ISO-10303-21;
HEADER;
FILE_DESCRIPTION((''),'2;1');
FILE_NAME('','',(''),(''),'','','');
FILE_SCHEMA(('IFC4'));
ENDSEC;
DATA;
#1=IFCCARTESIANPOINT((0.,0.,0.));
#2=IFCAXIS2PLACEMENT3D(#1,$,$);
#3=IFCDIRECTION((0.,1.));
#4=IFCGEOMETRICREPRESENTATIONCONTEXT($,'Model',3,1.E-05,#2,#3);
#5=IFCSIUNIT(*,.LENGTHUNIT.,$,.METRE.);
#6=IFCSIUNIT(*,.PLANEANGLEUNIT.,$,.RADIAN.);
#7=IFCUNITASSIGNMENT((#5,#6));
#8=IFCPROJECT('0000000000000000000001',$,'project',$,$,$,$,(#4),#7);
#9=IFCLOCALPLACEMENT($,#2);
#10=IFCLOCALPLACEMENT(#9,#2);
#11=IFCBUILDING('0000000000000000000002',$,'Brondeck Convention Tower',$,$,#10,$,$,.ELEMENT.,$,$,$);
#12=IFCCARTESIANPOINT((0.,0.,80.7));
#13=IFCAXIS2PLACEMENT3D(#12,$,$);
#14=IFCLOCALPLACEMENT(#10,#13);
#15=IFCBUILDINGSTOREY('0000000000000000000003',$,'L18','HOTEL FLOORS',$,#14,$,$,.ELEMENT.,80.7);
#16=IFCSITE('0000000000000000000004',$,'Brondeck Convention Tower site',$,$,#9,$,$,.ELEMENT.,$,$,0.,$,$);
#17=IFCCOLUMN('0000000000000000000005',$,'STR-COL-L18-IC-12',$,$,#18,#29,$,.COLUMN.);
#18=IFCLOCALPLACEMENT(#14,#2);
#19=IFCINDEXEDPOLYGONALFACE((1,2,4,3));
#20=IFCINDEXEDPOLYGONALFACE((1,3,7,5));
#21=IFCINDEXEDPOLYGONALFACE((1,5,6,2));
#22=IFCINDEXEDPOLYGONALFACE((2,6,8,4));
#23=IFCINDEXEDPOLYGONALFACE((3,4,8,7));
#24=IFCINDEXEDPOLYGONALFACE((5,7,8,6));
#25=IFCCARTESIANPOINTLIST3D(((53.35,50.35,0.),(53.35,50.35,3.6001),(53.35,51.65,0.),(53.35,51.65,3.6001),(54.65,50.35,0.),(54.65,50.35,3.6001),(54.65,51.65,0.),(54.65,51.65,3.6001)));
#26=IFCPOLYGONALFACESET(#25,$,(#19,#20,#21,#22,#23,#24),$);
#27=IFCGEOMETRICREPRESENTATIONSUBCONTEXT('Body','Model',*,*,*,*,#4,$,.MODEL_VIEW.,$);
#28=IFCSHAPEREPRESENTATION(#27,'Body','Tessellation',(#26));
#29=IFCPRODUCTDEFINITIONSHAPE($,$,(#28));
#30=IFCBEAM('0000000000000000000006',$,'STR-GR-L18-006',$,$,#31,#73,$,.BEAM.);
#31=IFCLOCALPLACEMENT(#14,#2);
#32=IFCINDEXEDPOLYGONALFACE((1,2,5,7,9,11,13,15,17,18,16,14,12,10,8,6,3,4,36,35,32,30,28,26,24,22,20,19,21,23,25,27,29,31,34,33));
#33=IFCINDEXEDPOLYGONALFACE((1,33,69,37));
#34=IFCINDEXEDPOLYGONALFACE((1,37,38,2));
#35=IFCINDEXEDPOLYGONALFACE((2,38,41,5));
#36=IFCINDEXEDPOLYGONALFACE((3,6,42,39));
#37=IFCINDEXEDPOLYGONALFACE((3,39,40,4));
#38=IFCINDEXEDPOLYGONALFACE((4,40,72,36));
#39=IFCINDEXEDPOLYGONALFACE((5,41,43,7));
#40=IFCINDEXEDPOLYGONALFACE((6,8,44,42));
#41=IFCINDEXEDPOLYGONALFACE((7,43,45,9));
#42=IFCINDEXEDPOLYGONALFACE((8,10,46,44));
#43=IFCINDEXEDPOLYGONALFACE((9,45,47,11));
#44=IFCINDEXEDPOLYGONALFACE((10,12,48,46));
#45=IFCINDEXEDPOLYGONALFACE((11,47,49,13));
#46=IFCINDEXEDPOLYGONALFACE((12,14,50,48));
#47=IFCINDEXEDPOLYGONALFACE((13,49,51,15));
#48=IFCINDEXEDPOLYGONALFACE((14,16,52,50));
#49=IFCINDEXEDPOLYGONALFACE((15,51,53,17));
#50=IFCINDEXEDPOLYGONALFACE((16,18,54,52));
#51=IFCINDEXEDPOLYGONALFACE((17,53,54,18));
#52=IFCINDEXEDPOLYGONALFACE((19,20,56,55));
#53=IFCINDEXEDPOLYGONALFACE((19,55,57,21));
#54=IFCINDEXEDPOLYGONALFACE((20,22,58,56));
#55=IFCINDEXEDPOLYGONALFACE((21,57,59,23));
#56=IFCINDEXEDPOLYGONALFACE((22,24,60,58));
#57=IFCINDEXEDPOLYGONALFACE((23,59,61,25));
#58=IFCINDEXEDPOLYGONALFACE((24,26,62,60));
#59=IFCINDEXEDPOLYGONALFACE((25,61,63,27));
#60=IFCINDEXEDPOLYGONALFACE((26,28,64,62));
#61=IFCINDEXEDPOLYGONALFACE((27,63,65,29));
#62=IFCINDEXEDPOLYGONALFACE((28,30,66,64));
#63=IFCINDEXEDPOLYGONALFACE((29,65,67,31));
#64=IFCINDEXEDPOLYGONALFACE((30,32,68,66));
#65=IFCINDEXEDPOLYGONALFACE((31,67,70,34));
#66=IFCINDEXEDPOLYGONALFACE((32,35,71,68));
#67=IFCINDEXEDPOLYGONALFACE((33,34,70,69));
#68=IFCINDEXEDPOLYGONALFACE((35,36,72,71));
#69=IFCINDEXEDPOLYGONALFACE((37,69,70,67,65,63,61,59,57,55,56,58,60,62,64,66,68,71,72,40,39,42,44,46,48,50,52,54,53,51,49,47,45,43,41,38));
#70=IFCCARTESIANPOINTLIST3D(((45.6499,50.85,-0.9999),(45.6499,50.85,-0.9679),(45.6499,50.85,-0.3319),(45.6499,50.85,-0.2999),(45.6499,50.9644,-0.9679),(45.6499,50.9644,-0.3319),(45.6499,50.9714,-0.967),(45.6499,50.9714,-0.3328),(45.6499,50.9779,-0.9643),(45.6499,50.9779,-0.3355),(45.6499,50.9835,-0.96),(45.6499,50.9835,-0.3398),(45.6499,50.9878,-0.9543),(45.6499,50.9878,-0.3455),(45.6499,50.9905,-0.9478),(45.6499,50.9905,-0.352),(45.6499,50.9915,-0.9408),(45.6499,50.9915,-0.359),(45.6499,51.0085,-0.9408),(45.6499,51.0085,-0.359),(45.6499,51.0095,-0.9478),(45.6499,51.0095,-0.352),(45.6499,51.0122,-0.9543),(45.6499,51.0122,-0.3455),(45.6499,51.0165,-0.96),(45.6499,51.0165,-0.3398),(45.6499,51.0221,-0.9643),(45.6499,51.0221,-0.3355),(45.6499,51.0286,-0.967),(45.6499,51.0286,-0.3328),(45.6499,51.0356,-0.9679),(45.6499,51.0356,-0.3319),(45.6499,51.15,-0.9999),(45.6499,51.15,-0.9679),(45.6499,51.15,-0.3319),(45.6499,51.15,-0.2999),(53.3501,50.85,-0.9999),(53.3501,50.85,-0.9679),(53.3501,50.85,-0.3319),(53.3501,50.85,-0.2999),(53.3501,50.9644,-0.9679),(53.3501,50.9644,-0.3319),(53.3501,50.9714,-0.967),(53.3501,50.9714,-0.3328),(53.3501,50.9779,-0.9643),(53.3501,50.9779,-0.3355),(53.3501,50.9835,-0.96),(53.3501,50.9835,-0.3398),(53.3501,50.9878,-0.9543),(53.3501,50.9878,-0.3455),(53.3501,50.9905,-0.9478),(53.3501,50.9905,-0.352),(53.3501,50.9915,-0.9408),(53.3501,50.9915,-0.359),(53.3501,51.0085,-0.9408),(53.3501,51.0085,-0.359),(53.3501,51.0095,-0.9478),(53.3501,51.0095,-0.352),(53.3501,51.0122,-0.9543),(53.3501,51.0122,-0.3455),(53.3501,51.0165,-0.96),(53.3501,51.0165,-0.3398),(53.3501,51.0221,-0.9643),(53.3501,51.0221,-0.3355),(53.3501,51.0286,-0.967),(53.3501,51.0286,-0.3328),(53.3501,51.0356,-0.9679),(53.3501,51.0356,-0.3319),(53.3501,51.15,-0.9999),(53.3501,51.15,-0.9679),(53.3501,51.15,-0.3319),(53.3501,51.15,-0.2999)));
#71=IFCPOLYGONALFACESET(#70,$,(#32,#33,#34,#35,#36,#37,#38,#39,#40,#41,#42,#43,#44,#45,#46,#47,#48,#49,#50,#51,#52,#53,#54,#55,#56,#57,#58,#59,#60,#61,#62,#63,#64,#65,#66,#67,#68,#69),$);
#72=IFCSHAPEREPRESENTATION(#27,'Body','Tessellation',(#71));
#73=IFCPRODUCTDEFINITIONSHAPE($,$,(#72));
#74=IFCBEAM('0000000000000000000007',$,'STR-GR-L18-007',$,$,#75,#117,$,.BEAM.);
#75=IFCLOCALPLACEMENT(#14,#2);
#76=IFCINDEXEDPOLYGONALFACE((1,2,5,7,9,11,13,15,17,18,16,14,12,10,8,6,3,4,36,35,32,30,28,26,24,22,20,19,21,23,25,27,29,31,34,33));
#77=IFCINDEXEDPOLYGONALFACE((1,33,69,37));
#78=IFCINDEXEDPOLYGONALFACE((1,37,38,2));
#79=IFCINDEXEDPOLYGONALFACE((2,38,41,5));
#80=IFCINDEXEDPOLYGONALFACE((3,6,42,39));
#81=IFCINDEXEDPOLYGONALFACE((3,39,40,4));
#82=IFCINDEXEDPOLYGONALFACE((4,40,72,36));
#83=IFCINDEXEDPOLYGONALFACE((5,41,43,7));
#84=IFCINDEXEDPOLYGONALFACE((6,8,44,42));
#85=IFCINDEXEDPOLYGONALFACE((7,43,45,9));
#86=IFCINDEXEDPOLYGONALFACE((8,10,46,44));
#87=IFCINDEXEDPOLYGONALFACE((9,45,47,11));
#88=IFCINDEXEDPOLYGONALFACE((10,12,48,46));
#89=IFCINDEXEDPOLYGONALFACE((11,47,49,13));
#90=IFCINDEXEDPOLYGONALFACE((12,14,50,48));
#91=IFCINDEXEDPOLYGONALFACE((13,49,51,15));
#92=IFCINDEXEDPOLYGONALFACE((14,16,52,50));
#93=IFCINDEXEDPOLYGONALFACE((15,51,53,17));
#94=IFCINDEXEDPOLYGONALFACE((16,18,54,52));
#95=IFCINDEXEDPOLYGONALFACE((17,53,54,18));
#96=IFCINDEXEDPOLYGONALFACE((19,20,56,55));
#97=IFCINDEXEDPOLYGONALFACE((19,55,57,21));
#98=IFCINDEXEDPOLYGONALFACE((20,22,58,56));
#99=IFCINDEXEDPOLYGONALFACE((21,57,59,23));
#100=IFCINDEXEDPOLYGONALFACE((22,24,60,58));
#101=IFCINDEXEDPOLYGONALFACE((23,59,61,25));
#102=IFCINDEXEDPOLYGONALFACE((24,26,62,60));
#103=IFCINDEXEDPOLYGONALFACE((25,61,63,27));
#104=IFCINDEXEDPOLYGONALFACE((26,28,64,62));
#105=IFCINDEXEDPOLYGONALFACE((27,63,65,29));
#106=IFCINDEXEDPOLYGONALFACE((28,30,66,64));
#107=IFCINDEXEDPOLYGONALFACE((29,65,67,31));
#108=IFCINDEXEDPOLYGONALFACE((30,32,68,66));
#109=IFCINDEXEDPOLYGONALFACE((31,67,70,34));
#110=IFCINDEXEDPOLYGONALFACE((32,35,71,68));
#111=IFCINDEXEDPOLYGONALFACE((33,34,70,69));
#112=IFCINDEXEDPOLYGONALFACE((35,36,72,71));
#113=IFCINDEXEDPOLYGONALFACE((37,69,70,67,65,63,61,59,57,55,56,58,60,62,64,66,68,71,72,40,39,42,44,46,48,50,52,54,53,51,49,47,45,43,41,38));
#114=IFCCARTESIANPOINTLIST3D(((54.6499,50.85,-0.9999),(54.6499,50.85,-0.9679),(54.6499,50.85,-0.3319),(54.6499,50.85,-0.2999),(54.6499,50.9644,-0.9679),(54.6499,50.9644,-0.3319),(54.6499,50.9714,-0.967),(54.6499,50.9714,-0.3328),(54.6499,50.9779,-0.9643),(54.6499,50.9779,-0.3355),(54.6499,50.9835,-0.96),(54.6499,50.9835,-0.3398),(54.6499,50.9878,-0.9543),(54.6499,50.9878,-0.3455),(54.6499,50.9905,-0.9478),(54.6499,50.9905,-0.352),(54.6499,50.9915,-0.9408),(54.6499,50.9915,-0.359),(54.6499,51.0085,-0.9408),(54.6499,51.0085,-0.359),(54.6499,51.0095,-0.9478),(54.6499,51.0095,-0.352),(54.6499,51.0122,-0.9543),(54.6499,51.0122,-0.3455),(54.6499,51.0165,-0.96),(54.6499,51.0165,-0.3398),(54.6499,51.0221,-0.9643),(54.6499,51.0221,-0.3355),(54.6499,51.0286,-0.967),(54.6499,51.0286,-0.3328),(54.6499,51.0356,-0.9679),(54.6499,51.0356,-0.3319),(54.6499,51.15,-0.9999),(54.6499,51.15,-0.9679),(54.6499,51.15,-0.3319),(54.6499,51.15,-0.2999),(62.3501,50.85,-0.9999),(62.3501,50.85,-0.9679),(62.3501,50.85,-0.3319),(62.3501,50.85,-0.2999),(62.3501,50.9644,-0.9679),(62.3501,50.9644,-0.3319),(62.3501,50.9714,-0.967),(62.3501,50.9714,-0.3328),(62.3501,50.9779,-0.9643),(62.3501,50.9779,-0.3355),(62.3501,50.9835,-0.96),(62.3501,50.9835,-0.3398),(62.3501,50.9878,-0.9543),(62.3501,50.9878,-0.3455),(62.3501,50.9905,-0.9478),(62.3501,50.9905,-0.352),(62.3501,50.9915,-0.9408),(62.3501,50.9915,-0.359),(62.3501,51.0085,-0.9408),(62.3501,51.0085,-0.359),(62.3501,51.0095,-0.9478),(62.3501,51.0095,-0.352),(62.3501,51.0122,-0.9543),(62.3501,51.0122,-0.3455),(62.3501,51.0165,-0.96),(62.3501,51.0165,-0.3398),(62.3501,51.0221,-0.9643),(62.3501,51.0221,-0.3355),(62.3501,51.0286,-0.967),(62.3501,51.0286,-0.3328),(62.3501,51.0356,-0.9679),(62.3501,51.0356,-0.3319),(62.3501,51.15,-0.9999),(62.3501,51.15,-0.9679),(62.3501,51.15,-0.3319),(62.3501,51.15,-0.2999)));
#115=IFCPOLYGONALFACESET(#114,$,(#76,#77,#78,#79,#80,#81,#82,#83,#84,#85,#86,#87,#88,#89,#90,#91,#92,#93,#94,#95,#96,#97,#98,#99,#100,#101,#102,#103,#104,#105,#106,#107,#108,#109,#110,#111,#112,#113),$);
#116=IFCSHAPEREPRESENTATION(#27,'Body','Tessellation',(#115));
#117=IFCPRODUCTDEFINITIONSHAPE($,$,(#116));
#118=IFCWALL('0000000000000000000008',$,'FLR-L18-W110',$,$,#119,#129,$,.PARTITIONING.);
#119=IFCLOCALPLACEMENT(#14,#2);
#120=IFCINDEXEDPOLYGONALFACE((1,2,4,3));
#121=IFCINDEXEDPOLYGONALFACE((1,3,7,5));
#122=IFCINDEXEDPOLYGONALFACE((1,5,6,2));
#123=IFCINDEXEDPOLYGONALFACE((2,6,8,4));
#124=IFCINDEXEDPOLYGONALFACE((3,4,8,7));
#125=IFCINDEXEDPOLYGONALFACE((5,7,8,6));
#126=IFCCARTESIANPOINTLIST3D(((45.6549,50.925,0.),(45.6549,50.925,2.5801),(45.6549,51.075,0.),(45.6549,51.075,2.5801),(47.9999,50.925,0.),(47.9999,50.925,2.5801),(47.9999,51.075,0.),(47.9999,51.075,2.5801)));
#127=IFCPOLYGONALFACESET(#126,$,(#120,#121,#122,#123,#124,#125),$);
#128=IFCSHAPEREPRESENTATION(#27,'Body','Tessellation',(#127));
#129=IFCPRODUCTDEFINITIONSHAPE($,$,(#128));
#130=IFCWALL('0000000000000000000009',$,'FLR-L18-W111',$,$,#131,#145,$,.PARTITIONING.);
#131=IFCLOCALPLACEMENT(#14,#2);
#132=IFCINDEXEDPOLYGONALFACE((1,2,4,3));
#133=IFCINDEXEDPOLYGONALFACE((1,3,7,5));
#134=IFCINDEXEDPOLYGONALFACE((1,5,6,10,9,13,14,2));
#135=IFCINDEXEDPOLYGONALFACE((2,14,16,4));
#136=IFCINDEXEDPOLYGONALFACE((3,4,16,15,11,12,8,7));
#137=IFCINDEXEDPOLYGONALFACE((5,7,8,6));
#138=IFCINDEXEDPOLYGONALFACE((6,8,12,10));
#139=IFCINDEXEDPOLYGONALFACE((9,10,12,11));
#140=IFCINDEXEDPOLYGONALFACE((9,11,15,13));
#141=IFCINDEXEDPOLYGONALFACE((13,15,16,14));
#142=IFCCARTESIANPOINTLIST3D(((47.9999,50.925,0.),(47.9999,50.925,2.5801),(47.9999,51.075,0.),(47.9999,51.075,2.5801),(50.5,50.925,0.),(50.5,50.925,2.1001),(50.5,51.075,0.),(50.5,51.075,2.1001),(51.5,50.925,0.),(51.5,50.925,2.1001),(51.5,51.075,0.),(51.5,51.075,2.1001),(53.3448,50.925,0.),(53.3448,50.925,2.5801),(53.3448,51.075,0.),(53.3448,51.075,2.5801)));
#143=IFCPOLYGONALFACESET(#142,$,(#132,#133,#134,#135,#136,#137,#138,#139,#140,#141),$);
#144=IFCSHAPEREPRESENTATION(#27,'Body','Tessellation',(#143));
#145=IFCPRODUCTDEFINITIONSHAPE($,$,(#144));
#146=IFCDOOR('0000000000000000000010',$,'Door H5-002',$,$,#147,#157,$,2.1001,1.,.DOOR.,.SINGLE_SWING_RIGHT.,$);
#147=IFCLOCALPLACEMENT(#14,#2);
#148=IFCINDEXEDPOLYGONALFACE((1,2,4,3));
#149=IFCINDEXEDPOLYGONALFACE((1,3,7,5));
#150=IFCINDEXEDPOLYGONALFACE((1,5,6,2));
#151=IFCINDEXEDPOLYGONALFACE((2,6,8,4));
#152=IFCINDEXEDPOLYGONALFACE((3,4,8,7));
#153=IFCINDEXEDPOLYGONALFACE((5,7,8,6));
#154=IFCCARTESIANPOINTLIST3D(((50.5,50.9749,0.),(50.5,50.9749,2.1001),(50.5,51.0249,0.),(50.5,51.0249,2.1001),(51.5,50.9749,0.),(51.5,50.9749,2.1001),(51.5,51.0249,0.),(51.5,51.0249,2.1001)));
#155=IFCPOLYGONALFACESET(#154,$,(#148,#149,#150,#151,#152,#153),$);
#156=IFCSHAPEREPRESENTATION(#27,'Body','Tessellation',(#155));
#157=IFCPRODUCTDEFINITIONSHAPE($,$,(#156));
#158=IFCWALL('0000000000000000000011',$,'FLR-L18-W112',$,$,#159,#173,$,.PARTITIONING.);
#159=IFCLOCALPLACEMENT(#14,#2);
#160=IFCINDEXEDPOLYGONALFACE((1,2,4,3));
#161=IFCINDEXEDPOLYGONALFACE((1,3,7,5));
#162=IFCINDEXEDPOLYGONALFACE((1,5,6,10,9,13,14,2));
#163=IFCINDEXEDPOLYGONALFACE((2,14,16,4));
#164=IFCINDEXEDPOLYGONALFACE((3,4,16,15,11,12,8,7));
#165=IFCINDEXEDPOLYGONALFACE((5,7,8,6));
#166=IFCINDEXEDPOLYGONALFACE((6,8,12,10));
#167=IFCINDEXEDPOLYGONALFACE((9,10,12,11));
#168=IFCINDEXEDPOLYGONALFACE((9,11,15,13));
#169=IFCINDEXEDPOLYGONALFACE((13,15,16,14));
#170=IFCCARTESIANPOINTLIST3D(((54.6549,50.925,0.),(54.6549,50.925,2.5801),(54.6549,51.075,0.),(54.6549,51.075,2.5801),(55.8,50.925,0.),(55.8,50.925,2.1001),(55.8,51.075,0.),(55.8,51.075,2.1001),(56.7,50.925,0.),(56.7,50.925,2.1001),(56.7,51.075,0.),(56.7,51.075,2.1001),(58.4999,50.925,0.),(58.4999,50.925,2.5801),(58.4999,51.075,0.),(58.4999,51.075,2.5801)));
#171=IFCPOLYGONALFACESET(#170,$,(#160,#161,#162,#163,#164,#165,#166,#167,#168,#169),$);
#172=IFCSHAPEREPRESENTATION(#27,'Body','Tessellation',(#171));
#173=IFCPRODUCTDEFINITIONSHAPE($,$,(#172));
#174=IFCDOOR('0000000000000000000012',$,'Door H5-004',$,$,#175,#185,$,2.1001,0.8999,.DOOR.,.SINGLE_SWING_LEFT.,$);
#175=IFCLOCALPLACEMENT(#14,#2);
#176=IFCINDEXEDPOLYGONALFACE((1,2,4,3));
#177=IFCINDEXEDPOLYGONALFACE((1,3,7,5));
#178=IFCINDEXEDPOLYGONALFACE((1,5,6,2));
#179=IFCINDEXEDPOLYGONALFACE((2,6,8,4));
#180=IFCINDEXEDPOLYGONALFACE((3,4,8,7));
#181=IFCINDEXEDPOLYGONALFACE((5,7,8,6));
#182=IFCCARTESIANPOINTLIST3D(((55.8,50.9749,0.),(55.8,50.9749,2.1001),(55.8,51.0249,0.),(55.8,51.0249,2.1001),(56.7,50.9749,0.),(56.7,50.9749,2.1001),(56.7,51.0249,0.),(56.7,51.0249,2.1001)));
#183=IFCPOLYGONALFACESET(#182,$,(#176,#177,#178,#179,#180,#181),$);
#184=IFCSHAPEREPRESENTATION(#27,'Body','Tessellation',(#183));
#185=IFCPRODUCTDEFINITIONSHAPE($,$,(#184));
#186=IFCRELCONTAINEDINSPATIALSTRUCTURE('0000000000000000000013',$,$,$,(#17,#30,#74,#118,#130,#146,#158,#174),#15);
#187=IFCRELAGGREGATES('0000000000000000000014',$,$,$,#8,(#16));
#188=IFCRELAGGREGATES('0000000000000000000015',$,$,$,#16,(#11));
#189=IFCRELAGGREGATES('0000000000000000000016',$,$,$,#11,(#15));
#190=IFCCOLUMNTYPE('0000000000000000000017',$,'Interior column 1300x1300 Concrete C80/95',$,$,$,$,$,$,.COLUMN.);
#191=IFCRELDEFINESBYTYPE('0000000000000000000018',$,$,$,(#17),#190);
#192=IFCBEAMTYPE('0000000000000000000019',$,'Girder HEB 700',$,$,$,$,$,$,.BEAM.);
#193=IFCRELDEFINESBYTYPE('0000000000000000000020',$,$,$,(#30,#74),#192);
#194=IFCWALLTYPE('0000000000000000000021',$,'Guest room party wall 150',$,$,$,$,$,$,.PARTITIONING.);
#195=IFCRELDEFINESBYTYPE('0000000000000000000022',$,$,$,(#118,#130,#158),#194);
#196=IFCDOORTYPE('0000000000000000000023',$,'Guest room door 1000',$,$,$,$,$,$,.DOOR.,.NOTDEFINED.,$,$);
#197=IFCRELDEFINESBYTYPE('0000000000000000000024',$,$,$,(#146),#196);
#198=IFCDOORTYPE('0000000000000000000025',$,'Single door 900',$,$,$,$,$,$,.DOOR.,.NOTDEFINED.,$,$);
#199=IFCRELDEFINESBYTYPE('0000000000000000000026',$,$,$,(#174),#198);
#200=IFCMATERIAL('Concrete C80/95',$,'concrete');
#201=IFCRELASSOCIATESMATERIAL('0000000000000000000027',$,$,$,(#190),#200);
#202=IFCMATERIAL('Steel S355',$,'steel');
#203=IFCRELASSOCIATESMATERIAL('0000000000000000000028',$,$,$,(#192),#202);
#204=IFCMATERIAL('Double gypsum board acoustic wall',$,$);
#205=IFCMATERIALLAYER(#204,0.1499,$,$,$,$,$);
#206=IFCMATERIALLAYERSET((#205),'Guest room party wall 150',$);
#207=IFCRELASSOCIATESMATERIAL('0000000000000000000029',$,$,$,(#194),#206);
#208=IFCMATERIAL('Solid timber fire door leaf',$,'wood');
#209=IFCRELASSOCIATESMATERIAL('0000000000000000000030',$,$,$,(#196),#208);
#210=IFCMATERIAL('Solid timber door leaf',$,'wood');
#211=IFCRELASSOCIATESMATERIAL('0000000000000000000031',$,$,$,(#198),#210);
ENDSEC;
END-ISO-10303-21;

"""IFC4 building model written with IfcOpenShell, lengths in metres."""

from ifc_helpers import new_model, si_unit, direction, frame, frame_2d, origin, origin_2d, place, context, subcontext, project, spatial, rectangle, i_section, extrude, material, layer, layer_set, material_profile, profile_set, type_object, element, fill, save


model = new_model("IFC4")

# Units and contexts
model_context = context("Model", 3, precision=1e-05, world=origin(), true_north=direction((0.0, 1.0)))
body_context = subcontext(model_context, "Body", "Model", "MODEL_VIEW")
ifc_project = project(units=[si_unit("LENGTHUNIT", "METRE"), si_unit("PLANEANGLEUNIT", "RADIAN")], contexts=[model_context])

# Site, building, storey
site_placement = place(None, origin())
site = spatial("IfcSite", under=ifc_project, at=site_placement, Name="Brondeck Convention Tower site", CompositionType="ELEMENT", RefElevation=0.0)
building_placement = place(site_placement, origin())
building = spatial("IfcBuilding", under=site, at=building_placement, Name="Brondeck Convention Tower", CompositionType="ELEMENT")
storey_placement = place(building_placement, frame((0.0, 0.0, 80.7)))
storey = spatial("IfcBuildingStorey", under=building, at=storey_placement, Name="L18", Description="HOTEL FLOORS", CompositionType="ELEMENT", Elevation=80.7)

# Column
ifc_material_1 = material(Name="Concrete C80/95", Category="concrete")
ifc_material_profile_1 = material_profile(ifc_material_1, rectangle(XDim=1.3, YDim=1.3, at=origin_2d()), Name="Interior column 1300x1300 Concrete C80/95")
ifc_profile_set_1 = profile_set([ifc_material_profile_1], Name="Concrete C80/95")
column_type = type_object("IfcColumnType", Name="Interior column 1300x1300 Concrete C80/95", PredefinedType="COLUMN", material=ifc_profile_set_1)
column_placement = place(storey_placement, frame((54.0, 51.0, 0.0), z_axis=(0.0, 0.0, 1.0), x_axis=(1.0, 0.0, 0.0)))
element("IfcColumn", 1, at=column_placement, inside=storey, type_object=column_type, Name="STR-COL-L18-IC-12", PredefinedType="COLUMN", context=body_context, shape_type="SweptSolid", body=[
    extrude(rectangle(XDim=1.3, YDim=1.3, at=origin_2d()), origin(), (0.0, 0.0, 1.0), 3.6001),
])

# Beams
ifc_material_2 = material(Name="Steel S355", Category="steel")
ifc_material_profile_2 = material_profile(ifc_material_2, i_section(OverallWidth=0.3, OverallDepth=0.7, WebThickness=0.0171, FlangeThickness=0.032, FilletRadius=0.0271, at=origin_2d()), Name="HEB 700")
ifc_profile_set_2 = profile_set([ifc_material_profile_2], Name="Steel S355")
beam_type = type_object("IfcBeamType", Name="Girder HEB 700", PredefinedType="BEAM", material=ifc_profile_set_2)
for number, where, z_axis, x_axis, name in (
    (2, (45.6499, 51.0, -0.6499), (1.0, 0.0, 0.0), (0.0, 1.0, 0.0), "STR-GR-L18-006"),
    (3, (54.6499, 51.0, -0.6499), (1.0, 0.0, 0.0), (0.0, 1.0, 0.0), "STR-GR-L18-007"),
):
    element("IfcBeam", number, at=place(storey_placement, frame(where, z_axis=z_axis, x_axis=x_axis)), inside=storey, type_object=beam_type, Name=name, PredefinedType="BEAM", context=body_context, shape_type="SweptSolid", body=[
        extrude(i_section(OverallWidth=0.3, OverallDepth=0.7, WebThickness=0.0171, FlangeThickness=0.032, FilletRadius=0.0271, at=origin_2d()), origin(), (0.0, 0.0, 1.0), 7.7002),
    ])

# Wall
ifc_material_3 = material(Name="Double gypsum board acoustic wall")
ifc_layer_1 = layer(ifc_material_3, 0.1499)
ifc_layer_set_1 = layer_set([ifc_layer_1], Name="Guest room party wall 150")
wall_type_1 = type_object("IfcWallType", Name="Guest room party wall 150", PredefinedType="PARTITIONING", material=ifc_layer_set_1)
wall_1_placement = place(storey_placement, frame((45.655, 51.0, 0.0), z_axis=(0.0, 0.0, 1.0), x_axis=(1.0, 0.0, 0.0)))
element("IfcWall", 4, at=wall_1_placement, inside=storey, type_object=wall_type_1, Name="FLR-L18-W110", PredefinedType="PARTITIONING", context=body_context, shape_type="SweptSolid", body=[
    extrude(rectangle(XDim=2.345, YDim=0.1499, at=frame_2d((1.1724, 0.0))), origin(), (0.0, 0.0, 1.0), 2.5801),
])

# Walls, openings, doors
wall_2_placement = place(storey_placement, frame((48.0, 51.0, 0.0), z_axis=(0.0, 0.0, 1.0), x_axis=(1.0, 0.0, 0.0)))
wall_2 = element("IfcWall", 5, at=wall_2_placement, inside=storey, type_object=wall_type_1, Name="FLR-L18-W111", PredefinedType="PARTITIONING", context=body_context, shape_type="SweptSolid", body=[
    extrude(rectangle(XDim=5.345, YDim=0.1499, at=frame_2d((2.6724, 0.0))), origin(), (0.0, 0.0, 1.0), 2.5801),
])
opening_1_placement = place(wall_2_placement, frame((2.5, 0.0, 0.0)))
opening_1 = element("IfcOpeningElement", 6, at=opening_1_placement, cuts=wall_2, PredefinedType="OPENING", context=body_context, shape_type="SweptSolid", body=[
    extrude(rectangle(XDim=1.0, YDim=2.1001, at=frame_2d((0.5, 1.05))), frame((0.0, 0.085, 0.0), z_axis=(0.0, -1.0, 0.0), x_axis=(1.0, 0.0, 0.0)), (0.0, 0.0, 1.0), 0.1699),
])
ifc_material_4 = material(Name="Solid timber fire door leaf", Category="wood")
door_type_1 = type_object("IfcDoorType", Name="Guest room door 1000", OperationType="NOTDEFINED", PredefinedType="DOOR", material=ifc_material_4)
door_1_placement = place(opening_1_placement, origin())
door_1 = element("IfcDoor", 7, at=door_1_placement, inside=storey, type_object=door_type_1, Name="Door H5-002", OperationType="SINGLE_SWING_RIGHT", OverallHeight=2.1001, OverallWidth=1.0, PredefinedType="DOOR", context=body_context, shape_type="SweptSolid", body=[
    extrude(rectangle(XDim=1.0, YDim=2.1001, at=frame_2d((0.5, 1.05))), frame((0.0, 0.0249, 0.0), z_axis=(0.0, -1.0, 0.0), x_axis=(1.0, 0.0, 0.0)), (0.0, 0.0, 1.0), 0.05),
])
fill(opening_1, door_1)
wall_3_placement = place(storey_placement, frame((54.655, 51.0, 0.0), z_axis=(0.0, 0.0, 1.0), x_axis=(1.0, 0.0, 0.0)))
wall_3 = element("IfcWall", 8, at=wall_3_placement, inside=storey, type_object=wall_type_1, Name="FLR-L18-W112", PredefinedType="PARTITIONING", context=body_context, shape_type="SweptSolid", body=[
    extrude(rectangle(XDim=3.845, YDim=0.1499, at=frame_2d((1.9224, 0.0))), origin(), (0.0, 0.0, 1.0), 2.5801),
])
opening_2_placement = place(wall_3_placement, frame((1.145, 0.0, 0.0)))
opening_2 = element("IfcOpeningElement", 9, at=opening_2_placement, cuts=wall_3, PredefinedType="OPENING", context=body_context, shape_type="SweptSolid", body=[
    extrude(rectangle(XDim=0.8999, YDim=2.1001, at=frame_2d((0.45, 1.05))), frame((0.0, 0.085, 0.0), z_axis=(0.0, -1.0, 0.0), x_axis=(1.0, 0.0, 0.0)), (0.0, 0.0, 1.0), 0.1699),
])
ifc_material_5 = material(Name="Solid timber door leaf", Category="wood")
door_type_2 = type_object("IfcDoorType", Name="Single door 900", OperationType="NOTDEFINED", PredefinedType="DOOR", material=ifc_material_5)
door_2_placement = place(opening_2_placement, origin())
door_2 = element("IfcDoor", 10, at=door_2_placement, inside=storey, type_object=door_type_2, Name="Door H5-004", OperationType="SINGLE_SWING_LEFT", OverallHeight=2.1001, OverallWidth=0.8999, PredefinedType="DOOR", context=body_context, shape_type="SweptSolid", body=[
    extrude(rectangle(XDim=0.8999, YDim=2.1001, at=frame_2d((0.45, 1.05))), frame((0.0, 0.0249, 0.0), z_axis=(0.0, -1.0, 0.0), x_axis=(1.0, 0.0, 0.0)), (0.0, 0.0, 1.0), 0.05),
])
fill(opening_2, door_2)

save(model, "model.ifc")
